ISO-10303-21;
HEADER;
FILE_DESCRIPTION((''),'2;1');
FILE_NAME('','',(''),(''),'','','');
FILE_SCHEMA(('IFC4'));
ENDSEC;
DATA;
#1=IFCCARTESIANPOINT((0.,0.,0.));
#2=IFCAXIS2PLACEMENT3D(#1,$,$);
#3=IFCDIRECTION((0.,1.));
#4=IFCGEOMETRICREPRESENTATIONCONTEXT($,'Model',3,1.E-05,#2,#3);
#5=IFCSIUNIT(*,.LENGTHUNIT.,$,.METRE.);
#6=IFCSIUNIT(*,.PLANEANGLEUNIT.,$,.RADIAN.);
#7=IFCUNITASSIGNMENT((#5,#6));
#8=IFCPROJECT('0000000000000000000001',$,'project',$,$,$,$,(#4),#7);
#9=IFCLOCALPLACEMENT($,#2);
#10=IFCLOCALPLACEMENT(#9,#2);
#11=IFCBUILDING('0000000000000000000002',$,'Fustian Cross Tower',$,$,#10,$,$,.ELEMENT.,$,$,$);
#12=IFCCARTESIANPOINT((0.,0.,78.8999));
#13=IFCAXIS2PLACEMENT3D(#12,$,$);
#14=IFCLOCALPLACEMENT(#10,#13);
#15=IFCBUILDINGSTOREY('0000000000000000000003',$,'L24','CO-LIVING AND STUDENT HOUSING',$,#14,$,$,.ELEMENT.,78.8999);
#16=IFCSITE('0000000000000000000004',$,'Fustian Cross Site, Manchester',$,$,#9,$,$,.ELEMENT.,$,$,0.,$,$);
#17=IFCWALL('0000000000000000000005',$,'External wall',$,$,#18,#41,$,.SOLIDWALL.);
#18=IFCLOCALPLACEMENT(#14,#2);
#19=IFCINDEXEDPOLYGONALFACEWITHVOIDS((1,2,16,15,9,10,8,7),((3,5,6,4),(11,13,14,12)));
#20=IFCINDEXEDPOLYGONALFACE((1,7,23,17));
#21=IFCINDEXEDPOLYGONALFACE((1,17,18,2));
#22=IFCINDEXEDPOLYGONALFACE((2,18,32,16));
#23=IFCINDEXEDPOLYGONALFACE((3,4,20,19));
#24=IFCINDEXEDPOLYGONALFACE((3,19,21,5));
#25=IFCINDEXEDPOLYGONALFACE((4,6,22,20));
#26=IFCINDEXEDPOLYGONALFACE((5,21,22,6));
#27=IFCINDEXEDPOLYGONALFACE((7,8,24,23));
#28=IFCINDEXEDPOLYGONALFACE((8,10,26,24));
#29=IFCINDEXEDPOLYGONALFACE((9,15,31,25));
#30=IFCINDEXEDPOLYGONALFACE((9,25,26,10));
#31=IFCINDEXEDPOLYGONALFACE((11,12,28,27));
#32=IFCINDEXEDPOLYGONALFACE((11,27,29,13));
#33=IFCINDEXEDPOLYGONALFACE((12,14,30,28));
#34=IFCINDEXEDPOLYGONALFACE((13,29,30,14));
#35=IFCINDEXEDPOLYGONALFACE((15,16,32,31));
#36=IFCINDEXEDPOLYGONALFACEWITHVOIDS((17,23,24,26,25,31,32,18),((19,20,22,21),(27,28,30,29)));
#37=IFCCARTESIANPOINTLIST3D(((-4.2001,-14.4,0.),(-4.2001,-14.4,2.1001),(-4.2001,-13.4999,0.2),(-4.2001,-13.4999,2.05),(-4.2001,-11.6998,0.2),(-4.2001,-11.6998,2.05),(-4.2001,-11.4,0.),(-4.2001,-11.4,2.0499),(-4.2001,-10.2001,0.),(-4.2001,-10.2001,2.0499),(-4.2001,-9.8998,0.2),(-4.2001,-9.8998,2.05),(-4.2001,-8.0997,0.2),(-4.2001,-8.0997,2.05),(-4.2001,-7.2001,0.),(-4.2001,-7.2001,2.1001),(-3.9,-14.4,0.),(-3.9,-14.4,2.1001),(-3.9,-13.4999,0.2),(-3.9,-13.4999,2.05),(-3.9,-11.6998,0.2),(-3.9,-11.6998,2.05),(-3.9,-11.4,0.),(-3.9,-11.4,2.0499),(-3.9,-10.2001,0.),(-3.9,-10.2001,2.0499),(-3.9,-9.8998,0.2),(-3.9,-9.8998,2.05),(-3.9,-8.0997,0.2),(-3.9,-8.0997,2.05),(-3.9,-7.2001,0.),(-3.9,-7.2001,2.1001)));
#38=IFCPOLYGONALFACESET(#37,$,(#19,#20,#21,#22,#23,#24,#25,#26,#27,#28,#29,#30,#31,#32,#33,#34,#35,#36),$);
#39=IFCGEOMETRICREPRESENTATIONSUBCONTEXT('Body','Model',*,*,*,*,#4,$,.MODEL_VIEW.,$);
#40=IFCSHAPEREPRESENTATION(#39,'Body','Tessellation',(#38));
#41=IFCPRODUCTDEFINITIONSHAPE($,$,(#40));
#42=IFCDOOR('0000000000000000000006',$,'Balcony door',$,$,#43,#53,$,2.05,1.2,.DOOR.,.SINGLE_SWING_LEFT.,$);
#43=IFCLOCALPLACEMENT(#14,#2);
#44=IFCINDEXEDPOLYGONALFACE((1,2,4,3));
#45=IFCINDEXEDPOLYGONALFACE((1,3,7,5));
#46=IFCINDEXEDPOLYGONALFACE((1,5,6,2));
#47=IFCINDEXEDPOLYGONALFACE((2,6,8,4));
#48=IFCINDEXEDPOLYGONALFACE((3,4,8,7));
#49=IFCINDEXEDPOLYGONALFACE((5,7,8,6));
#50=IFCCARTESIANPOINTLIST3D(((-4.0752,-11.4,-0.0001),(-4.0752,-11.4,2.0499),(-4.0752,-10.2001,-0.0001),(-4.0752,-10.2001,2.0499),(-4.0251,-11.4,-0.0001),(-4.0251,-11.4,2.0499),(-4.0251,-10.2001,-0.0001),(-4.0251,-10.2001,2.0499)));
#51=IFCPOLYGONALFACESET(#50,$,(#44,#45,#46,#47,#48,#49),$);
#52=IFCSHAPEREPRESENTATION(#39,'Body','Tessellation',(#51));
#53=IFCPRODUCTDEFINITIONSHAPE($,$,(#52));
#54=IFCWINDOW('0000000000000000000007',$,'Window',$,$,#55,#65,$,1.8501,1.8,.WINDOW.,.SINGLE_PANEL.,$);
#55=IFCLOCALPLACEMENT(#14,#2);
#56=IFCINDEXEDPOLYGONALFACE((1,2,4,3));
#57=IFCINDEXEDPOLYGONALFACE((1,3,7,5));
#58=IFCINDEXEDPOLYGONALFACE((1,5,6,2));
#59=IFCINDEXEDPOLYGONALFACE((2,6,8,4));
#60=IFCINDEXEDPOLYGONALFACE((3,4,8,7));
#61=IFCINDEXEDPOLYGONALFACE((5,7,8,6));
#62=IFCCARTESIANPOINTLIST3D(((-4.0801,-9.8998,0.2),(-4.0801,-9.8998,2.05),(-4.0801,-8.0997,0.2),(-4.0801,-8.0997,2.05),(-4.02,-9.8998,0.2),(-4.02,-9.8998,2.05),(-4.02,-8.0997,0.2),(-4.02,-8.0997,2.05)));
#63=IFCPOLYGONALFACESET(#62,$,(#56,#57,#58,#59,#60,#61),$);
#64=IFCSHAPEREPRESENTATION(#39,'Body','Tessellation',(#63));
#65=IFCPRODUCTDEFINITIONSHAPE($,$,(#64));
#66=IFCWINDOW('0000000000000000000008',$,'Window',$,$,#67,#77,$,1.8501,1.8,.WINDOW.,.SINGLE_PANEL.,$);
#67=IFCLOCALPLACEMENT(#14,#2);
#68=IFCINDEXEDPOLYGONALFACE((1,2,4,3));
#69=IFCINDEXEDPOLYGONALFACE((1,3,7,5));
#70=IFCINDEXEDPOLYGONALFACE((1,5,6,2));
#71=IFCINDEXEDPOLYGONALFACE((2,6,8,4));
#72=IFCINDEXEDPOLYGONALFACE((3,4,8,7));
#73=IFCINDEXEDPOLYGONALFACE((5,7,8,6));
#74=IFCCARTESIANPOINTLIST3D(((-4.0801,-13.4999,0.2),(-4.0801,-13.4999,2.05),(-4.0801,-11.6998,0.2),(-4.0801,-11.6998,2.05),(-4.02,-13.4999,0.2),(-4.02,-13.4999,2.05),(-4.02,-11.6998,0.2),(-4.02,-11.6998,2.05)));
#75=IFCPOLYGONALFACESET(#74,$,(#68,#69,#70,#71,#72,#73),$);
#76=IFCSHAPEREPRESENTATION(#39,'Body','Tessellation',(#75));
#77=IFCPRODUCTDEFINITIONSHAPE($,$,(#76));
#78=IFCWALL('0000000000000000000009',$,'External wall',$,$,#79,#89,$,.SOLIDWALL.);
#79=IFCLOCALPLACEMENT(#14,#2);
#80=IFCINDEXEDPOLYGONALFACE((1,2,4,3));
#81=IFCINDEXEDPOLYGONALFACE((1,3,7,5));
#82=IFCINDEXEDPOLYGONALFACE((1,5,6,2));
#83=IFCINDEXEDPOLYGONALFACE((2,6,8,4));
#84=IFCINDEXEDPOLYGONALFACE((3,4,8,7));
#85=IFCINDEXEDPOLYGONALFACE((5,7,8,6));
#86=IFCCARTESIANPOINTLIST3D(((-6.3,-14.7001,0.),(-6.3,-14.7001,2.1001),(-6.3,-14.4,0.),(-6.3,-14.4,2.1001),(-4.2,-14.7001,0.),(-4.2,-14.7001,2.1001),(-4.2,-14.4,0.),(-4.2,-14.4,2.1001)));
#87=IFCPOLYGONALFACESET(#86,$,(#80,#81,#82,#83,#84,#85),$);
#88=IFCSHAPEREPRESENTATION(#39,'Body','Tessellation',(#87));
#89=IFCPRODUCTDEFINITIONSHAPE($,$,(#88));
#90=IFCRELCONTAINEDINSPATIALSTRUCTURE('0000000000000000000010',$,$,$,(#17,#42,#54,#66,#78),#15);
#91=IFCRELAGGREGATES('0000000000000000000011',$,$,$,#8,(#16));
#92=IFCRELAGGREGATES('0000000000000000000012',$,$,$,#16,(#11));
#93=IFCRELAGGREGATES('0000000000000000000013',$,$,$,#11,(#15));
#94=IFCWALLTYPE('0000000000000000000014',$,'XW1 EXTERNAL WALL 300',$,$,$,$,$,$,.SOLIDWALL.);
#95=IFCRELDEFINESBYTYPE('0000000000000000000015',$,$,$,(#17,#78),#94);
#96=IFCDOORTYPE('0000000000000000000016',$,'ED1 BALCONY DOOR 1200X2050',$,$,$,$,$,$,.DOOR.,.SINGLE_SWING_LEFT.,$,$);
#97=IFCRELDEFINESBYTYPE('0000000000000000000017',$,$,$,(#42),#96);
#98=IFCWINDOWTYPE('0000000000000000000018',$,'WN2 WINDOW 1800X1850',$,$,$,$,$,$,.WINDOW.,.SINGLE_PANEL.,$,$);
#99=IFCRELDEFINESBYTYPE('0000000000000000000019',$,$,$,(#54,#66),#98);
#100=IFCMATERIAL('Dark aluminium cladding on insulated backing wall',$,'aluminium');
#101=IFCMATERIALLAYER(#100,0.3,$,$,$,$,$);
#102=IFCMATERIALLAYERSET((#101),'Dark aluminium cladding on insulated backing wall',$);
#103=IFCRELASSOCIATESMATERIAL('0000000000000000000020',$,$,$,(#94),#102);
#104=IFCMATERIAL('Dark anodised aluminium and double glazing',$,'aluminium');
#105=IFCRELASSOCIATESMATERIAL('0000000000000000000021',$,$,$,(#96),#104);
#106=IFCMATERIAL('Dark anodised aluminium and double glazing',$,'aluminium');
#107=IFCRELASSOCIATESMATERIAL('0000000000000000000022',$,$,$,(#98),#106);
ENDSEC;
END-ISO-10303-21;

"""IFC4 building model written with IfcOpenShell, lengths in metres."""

from ifc_helpers import new_model, si_unit, direction, frame, frame_2d, origin, place, context, subcontext, project, spatial, rectangle, extrude, material, layer, layer_set, type_object, element, fill, save


model = new_model("IFC4")

# Units and contexts
model_context = context("Model", 3, precision=1e-05, world=origin(), true_north=direction((0.0, 1.0)))
body_context = subcontext(model_context, "Body", "Model", "MODEL_VIEW")
ifc_project = project(units=[si_unit("LENGTHUNIT", "METRE"), si_unit("PLANEANGLEUNIT", "RADIAN")], contexts=[model_context])

# Site, building, storey
site_placement = place(None, origin())
site = spatial("IfcSite", under=ifc_project, at=site_placement, Name="Fustian Cross Site, Manchester", CompositionType="ELEMENT", RefElevation=0.0)
building_placement = place(site_placement, origin())
building = spatial("IfcBuilding", under=site, at=building_placement, Name="Fustian Cross Tower", CompositionType="ELEMENT")
storey_placement = place(building_placement, frame((0.0, 0.0, 78.8999)))
storey = spatial("IfcBuildingStorey", under=building, at=storey_placement, Name="L24", Description="CO-LIVING AND STUDENT HOUSING", CompositionType="ELEMENT", Elevation=78.8999)

# Shared definitions
ifc_material_1 = material(Name="Dark aluminium cladding on insulated backing wall", Category="aluminium")
ifc_layer_1 = layer(ifc_material_1, 0.3)
ifc_layer_set_1 = layer_set([ifc_layer_1], Name="Dark aluminium cladding on insulated backing wall")
wall_type_1 = type_object("IfcWallType", Name="XW1 EXTERNAL WALL 300", PredefinedType="SOLIDWALL", material=ifc_layer_set_1)

# Wall, openings, door, windows
wall_1_placement = place(storey_placement, frame((-4.05, -7.2, 0.0), z_axis=(0.0, 0.0, 1.0), x_axis=(0.0, -1.0, 0.0)))
wall_1 = element("IfcWall", 1, at=wall_1_placement, inside=storey, type_object=wall_type_1, Name="External wall", PredefinedType="SOLIDWALL", context=body_context, shape_type="SweptSolid", body=[
    extrude(rectangle(XDim=7.2, YDim=0.3, at=frame_2d((3.6001, 0.0))), origin(), (0.0, 0.0, 1.0), 2.1001),
])
opening_1_placement = place(wall_1_placement, frame((3.0, 0.0, 0.0)))
opening_1 = element("IfcOpeningElement", 2, at=opening_1_placement, cuts=wall_1, PredefinedType="OPENING", context=body_context, shape_type="SweptSolid", body=[
    extrude(rectangle(XDim=1.2, YDim=2.05, at=frame_2d((0.6001, 1.0249))), frame((0.0, 0.1599, 0.0), z_axis=(0.0, -1.0, 0.0), x_axis=(1.0, 0.0, 0.0)), (0.0, 0.0, 1.0), 0.3201),
])
opening_2_placement = place(wall_1_placement, frame((0.8999, 0.0, 0.2)))
opening_2 = element("IfcOpeningElement", 3, at=opening_2_placement, cuts=wall_1, PredefinedType="OPENING", context=body_context, shape_type="SweptSolid", body=[
    extrude(rectangle(XDim=1.8, YDim=1.8501, at=frame_2d((0.8999, 0.925))), frame((0.0, 0.1599, 0.0), z_axis=(0.0, -1.0, 0.0), x_axis=(1.0, 0.0, 0.0)), (0.0, 0.0, 1.0), 0.3201),
])
opening_3_placement = place(wall_1_placement, frame((4.5, 0.0, 0.2)))
opening_3 = element("IfcOpeningElement", 4, at=opening_3_placement, cuts=wall_1, PredefinedType="OPENING", context=body_context, shape_type="SweptSolid", body=[
    extrude(rectangle(XDim=1.8, YDim=1.8501, at=frame_2d((0.8999, 0.925))), frame((0.0, 0.1599, 0.0), z_axis=(0.0, -1.0, 0.0), x_axis=(1.0, 0.0, 0.0)), (0.0, 0.0, 1.0), 0.3201),
])
ifc_material_2 = material(Name="Dark anodised aluminium and double glazing", Category="aluminium")
door_type = type_object("IfcDoorType", Name="ED1 BALCONY DOOR 1200X2050", OperationType="SINGLE_SWING_LEFT", PredefinedType="DOOR", material=ifc_material_2)
door_placement = place(opening_1_placement, origin())
door = element("IfcDoor", 5, at=door_placement, inside=storey, type_object=door_type, Name="Balcony door", OperationType="SINGLE_SWING_LEFT", OverallHeight=2.05, OverallWidth=1.2, PredefinedType="DOOR", context=body_context, shape_type="SweptSolid", body=[
    extrude(rectangle(XDim=1.2, YDim=2.05, at=frame_2d((0.6001, 1.0249))), frame((0.0, 0.0249, 0.0), z_axis=(0.0, -1.0, 0.0), x_axis=(1.0, 0.0, 0.0)), (0.0, 0.0, 1.0), 0.05),
])
fill(opening_1, door)
ifc_material_3 = material(Name="Dark anodised aluminium and double glazing", Category="aluminium")
window_type = type_object("IfcWindowType", Name="WN2 WINDOW 1800X1850", PartitioningType="SINGLE_PANEL", PredefinedType="WINDOW", material=ifc_material_3)
window_1_placement = place(opening_2_placement, origin())
window_1 = element("IfcWindow", 6, at=window_1_placement, inside=storey, type_object=window_type, Name="Window", OverallHeight=1.8501, OverallWidth=1.8, PartitioningType="SINGLE_PANEL", PredefinedType="WINDOW", context=body_context, shape_type="SweptSolid", body=[
    extrude(rectangle(XDim=1.8, YDim=1.8501, at=frame_2d((0.8999, 0.925))), frame((0.0, 0.03, 0.0), z_axis=(0.0, -1.0, 0.0), x_axis=(1.0, 0.0, 0.0)), (0.0, 0.0, 1.0), 0.0601),
])
fill(opening_2, window_1)
window_2_placement = place(opening_3_placement, origin())
window_2 = element("IfcWindow", 7, at=window_2_placement, inside=storey, type_object=window_type, Name="Window", OverallHeight=1.8501, OverallWidth=1.8, PartitioningType="SINGLE_PANEL", PredefinedType="WINDOW", context=body_context, shape_type="SweptSolid", body=[
    extrude(rectangle(XDim=1.8, YDim=1.8501, at=frame_2d((0.8999, 0.925))), frame((0.0, 0.03, 0.0), z_axis=(0.0, -1.0, 0.0), x_axis=(1.0, 0.0, 0.0)), (0.0, 0.0, 1.0), 0.0601),
])
fill(opening_3, window_2)

# Wall
wall_2_placement = place(storey_placement, frame((-4.2, -14.55, 0.0), z_axis=(0.0, 0.0, 1.0), x_axis=(-1.0, 0.0, 0.0)))
element("IfcWall", 8, at=wall_2_placement, inside=storey, type_object=wall_type_1, Name="External wall", PredefinedType="SOLIDWALL", context=body_context, shape_type="SweptSolid", body=[
    extrude(rectangle(XDim=2.1001, YDim=0.3, at=frame_2d((1.05, 0.0))), origin(), (0.0, 0.0, 1.0), 2.1001),
])

save(model, "model.ifc")
